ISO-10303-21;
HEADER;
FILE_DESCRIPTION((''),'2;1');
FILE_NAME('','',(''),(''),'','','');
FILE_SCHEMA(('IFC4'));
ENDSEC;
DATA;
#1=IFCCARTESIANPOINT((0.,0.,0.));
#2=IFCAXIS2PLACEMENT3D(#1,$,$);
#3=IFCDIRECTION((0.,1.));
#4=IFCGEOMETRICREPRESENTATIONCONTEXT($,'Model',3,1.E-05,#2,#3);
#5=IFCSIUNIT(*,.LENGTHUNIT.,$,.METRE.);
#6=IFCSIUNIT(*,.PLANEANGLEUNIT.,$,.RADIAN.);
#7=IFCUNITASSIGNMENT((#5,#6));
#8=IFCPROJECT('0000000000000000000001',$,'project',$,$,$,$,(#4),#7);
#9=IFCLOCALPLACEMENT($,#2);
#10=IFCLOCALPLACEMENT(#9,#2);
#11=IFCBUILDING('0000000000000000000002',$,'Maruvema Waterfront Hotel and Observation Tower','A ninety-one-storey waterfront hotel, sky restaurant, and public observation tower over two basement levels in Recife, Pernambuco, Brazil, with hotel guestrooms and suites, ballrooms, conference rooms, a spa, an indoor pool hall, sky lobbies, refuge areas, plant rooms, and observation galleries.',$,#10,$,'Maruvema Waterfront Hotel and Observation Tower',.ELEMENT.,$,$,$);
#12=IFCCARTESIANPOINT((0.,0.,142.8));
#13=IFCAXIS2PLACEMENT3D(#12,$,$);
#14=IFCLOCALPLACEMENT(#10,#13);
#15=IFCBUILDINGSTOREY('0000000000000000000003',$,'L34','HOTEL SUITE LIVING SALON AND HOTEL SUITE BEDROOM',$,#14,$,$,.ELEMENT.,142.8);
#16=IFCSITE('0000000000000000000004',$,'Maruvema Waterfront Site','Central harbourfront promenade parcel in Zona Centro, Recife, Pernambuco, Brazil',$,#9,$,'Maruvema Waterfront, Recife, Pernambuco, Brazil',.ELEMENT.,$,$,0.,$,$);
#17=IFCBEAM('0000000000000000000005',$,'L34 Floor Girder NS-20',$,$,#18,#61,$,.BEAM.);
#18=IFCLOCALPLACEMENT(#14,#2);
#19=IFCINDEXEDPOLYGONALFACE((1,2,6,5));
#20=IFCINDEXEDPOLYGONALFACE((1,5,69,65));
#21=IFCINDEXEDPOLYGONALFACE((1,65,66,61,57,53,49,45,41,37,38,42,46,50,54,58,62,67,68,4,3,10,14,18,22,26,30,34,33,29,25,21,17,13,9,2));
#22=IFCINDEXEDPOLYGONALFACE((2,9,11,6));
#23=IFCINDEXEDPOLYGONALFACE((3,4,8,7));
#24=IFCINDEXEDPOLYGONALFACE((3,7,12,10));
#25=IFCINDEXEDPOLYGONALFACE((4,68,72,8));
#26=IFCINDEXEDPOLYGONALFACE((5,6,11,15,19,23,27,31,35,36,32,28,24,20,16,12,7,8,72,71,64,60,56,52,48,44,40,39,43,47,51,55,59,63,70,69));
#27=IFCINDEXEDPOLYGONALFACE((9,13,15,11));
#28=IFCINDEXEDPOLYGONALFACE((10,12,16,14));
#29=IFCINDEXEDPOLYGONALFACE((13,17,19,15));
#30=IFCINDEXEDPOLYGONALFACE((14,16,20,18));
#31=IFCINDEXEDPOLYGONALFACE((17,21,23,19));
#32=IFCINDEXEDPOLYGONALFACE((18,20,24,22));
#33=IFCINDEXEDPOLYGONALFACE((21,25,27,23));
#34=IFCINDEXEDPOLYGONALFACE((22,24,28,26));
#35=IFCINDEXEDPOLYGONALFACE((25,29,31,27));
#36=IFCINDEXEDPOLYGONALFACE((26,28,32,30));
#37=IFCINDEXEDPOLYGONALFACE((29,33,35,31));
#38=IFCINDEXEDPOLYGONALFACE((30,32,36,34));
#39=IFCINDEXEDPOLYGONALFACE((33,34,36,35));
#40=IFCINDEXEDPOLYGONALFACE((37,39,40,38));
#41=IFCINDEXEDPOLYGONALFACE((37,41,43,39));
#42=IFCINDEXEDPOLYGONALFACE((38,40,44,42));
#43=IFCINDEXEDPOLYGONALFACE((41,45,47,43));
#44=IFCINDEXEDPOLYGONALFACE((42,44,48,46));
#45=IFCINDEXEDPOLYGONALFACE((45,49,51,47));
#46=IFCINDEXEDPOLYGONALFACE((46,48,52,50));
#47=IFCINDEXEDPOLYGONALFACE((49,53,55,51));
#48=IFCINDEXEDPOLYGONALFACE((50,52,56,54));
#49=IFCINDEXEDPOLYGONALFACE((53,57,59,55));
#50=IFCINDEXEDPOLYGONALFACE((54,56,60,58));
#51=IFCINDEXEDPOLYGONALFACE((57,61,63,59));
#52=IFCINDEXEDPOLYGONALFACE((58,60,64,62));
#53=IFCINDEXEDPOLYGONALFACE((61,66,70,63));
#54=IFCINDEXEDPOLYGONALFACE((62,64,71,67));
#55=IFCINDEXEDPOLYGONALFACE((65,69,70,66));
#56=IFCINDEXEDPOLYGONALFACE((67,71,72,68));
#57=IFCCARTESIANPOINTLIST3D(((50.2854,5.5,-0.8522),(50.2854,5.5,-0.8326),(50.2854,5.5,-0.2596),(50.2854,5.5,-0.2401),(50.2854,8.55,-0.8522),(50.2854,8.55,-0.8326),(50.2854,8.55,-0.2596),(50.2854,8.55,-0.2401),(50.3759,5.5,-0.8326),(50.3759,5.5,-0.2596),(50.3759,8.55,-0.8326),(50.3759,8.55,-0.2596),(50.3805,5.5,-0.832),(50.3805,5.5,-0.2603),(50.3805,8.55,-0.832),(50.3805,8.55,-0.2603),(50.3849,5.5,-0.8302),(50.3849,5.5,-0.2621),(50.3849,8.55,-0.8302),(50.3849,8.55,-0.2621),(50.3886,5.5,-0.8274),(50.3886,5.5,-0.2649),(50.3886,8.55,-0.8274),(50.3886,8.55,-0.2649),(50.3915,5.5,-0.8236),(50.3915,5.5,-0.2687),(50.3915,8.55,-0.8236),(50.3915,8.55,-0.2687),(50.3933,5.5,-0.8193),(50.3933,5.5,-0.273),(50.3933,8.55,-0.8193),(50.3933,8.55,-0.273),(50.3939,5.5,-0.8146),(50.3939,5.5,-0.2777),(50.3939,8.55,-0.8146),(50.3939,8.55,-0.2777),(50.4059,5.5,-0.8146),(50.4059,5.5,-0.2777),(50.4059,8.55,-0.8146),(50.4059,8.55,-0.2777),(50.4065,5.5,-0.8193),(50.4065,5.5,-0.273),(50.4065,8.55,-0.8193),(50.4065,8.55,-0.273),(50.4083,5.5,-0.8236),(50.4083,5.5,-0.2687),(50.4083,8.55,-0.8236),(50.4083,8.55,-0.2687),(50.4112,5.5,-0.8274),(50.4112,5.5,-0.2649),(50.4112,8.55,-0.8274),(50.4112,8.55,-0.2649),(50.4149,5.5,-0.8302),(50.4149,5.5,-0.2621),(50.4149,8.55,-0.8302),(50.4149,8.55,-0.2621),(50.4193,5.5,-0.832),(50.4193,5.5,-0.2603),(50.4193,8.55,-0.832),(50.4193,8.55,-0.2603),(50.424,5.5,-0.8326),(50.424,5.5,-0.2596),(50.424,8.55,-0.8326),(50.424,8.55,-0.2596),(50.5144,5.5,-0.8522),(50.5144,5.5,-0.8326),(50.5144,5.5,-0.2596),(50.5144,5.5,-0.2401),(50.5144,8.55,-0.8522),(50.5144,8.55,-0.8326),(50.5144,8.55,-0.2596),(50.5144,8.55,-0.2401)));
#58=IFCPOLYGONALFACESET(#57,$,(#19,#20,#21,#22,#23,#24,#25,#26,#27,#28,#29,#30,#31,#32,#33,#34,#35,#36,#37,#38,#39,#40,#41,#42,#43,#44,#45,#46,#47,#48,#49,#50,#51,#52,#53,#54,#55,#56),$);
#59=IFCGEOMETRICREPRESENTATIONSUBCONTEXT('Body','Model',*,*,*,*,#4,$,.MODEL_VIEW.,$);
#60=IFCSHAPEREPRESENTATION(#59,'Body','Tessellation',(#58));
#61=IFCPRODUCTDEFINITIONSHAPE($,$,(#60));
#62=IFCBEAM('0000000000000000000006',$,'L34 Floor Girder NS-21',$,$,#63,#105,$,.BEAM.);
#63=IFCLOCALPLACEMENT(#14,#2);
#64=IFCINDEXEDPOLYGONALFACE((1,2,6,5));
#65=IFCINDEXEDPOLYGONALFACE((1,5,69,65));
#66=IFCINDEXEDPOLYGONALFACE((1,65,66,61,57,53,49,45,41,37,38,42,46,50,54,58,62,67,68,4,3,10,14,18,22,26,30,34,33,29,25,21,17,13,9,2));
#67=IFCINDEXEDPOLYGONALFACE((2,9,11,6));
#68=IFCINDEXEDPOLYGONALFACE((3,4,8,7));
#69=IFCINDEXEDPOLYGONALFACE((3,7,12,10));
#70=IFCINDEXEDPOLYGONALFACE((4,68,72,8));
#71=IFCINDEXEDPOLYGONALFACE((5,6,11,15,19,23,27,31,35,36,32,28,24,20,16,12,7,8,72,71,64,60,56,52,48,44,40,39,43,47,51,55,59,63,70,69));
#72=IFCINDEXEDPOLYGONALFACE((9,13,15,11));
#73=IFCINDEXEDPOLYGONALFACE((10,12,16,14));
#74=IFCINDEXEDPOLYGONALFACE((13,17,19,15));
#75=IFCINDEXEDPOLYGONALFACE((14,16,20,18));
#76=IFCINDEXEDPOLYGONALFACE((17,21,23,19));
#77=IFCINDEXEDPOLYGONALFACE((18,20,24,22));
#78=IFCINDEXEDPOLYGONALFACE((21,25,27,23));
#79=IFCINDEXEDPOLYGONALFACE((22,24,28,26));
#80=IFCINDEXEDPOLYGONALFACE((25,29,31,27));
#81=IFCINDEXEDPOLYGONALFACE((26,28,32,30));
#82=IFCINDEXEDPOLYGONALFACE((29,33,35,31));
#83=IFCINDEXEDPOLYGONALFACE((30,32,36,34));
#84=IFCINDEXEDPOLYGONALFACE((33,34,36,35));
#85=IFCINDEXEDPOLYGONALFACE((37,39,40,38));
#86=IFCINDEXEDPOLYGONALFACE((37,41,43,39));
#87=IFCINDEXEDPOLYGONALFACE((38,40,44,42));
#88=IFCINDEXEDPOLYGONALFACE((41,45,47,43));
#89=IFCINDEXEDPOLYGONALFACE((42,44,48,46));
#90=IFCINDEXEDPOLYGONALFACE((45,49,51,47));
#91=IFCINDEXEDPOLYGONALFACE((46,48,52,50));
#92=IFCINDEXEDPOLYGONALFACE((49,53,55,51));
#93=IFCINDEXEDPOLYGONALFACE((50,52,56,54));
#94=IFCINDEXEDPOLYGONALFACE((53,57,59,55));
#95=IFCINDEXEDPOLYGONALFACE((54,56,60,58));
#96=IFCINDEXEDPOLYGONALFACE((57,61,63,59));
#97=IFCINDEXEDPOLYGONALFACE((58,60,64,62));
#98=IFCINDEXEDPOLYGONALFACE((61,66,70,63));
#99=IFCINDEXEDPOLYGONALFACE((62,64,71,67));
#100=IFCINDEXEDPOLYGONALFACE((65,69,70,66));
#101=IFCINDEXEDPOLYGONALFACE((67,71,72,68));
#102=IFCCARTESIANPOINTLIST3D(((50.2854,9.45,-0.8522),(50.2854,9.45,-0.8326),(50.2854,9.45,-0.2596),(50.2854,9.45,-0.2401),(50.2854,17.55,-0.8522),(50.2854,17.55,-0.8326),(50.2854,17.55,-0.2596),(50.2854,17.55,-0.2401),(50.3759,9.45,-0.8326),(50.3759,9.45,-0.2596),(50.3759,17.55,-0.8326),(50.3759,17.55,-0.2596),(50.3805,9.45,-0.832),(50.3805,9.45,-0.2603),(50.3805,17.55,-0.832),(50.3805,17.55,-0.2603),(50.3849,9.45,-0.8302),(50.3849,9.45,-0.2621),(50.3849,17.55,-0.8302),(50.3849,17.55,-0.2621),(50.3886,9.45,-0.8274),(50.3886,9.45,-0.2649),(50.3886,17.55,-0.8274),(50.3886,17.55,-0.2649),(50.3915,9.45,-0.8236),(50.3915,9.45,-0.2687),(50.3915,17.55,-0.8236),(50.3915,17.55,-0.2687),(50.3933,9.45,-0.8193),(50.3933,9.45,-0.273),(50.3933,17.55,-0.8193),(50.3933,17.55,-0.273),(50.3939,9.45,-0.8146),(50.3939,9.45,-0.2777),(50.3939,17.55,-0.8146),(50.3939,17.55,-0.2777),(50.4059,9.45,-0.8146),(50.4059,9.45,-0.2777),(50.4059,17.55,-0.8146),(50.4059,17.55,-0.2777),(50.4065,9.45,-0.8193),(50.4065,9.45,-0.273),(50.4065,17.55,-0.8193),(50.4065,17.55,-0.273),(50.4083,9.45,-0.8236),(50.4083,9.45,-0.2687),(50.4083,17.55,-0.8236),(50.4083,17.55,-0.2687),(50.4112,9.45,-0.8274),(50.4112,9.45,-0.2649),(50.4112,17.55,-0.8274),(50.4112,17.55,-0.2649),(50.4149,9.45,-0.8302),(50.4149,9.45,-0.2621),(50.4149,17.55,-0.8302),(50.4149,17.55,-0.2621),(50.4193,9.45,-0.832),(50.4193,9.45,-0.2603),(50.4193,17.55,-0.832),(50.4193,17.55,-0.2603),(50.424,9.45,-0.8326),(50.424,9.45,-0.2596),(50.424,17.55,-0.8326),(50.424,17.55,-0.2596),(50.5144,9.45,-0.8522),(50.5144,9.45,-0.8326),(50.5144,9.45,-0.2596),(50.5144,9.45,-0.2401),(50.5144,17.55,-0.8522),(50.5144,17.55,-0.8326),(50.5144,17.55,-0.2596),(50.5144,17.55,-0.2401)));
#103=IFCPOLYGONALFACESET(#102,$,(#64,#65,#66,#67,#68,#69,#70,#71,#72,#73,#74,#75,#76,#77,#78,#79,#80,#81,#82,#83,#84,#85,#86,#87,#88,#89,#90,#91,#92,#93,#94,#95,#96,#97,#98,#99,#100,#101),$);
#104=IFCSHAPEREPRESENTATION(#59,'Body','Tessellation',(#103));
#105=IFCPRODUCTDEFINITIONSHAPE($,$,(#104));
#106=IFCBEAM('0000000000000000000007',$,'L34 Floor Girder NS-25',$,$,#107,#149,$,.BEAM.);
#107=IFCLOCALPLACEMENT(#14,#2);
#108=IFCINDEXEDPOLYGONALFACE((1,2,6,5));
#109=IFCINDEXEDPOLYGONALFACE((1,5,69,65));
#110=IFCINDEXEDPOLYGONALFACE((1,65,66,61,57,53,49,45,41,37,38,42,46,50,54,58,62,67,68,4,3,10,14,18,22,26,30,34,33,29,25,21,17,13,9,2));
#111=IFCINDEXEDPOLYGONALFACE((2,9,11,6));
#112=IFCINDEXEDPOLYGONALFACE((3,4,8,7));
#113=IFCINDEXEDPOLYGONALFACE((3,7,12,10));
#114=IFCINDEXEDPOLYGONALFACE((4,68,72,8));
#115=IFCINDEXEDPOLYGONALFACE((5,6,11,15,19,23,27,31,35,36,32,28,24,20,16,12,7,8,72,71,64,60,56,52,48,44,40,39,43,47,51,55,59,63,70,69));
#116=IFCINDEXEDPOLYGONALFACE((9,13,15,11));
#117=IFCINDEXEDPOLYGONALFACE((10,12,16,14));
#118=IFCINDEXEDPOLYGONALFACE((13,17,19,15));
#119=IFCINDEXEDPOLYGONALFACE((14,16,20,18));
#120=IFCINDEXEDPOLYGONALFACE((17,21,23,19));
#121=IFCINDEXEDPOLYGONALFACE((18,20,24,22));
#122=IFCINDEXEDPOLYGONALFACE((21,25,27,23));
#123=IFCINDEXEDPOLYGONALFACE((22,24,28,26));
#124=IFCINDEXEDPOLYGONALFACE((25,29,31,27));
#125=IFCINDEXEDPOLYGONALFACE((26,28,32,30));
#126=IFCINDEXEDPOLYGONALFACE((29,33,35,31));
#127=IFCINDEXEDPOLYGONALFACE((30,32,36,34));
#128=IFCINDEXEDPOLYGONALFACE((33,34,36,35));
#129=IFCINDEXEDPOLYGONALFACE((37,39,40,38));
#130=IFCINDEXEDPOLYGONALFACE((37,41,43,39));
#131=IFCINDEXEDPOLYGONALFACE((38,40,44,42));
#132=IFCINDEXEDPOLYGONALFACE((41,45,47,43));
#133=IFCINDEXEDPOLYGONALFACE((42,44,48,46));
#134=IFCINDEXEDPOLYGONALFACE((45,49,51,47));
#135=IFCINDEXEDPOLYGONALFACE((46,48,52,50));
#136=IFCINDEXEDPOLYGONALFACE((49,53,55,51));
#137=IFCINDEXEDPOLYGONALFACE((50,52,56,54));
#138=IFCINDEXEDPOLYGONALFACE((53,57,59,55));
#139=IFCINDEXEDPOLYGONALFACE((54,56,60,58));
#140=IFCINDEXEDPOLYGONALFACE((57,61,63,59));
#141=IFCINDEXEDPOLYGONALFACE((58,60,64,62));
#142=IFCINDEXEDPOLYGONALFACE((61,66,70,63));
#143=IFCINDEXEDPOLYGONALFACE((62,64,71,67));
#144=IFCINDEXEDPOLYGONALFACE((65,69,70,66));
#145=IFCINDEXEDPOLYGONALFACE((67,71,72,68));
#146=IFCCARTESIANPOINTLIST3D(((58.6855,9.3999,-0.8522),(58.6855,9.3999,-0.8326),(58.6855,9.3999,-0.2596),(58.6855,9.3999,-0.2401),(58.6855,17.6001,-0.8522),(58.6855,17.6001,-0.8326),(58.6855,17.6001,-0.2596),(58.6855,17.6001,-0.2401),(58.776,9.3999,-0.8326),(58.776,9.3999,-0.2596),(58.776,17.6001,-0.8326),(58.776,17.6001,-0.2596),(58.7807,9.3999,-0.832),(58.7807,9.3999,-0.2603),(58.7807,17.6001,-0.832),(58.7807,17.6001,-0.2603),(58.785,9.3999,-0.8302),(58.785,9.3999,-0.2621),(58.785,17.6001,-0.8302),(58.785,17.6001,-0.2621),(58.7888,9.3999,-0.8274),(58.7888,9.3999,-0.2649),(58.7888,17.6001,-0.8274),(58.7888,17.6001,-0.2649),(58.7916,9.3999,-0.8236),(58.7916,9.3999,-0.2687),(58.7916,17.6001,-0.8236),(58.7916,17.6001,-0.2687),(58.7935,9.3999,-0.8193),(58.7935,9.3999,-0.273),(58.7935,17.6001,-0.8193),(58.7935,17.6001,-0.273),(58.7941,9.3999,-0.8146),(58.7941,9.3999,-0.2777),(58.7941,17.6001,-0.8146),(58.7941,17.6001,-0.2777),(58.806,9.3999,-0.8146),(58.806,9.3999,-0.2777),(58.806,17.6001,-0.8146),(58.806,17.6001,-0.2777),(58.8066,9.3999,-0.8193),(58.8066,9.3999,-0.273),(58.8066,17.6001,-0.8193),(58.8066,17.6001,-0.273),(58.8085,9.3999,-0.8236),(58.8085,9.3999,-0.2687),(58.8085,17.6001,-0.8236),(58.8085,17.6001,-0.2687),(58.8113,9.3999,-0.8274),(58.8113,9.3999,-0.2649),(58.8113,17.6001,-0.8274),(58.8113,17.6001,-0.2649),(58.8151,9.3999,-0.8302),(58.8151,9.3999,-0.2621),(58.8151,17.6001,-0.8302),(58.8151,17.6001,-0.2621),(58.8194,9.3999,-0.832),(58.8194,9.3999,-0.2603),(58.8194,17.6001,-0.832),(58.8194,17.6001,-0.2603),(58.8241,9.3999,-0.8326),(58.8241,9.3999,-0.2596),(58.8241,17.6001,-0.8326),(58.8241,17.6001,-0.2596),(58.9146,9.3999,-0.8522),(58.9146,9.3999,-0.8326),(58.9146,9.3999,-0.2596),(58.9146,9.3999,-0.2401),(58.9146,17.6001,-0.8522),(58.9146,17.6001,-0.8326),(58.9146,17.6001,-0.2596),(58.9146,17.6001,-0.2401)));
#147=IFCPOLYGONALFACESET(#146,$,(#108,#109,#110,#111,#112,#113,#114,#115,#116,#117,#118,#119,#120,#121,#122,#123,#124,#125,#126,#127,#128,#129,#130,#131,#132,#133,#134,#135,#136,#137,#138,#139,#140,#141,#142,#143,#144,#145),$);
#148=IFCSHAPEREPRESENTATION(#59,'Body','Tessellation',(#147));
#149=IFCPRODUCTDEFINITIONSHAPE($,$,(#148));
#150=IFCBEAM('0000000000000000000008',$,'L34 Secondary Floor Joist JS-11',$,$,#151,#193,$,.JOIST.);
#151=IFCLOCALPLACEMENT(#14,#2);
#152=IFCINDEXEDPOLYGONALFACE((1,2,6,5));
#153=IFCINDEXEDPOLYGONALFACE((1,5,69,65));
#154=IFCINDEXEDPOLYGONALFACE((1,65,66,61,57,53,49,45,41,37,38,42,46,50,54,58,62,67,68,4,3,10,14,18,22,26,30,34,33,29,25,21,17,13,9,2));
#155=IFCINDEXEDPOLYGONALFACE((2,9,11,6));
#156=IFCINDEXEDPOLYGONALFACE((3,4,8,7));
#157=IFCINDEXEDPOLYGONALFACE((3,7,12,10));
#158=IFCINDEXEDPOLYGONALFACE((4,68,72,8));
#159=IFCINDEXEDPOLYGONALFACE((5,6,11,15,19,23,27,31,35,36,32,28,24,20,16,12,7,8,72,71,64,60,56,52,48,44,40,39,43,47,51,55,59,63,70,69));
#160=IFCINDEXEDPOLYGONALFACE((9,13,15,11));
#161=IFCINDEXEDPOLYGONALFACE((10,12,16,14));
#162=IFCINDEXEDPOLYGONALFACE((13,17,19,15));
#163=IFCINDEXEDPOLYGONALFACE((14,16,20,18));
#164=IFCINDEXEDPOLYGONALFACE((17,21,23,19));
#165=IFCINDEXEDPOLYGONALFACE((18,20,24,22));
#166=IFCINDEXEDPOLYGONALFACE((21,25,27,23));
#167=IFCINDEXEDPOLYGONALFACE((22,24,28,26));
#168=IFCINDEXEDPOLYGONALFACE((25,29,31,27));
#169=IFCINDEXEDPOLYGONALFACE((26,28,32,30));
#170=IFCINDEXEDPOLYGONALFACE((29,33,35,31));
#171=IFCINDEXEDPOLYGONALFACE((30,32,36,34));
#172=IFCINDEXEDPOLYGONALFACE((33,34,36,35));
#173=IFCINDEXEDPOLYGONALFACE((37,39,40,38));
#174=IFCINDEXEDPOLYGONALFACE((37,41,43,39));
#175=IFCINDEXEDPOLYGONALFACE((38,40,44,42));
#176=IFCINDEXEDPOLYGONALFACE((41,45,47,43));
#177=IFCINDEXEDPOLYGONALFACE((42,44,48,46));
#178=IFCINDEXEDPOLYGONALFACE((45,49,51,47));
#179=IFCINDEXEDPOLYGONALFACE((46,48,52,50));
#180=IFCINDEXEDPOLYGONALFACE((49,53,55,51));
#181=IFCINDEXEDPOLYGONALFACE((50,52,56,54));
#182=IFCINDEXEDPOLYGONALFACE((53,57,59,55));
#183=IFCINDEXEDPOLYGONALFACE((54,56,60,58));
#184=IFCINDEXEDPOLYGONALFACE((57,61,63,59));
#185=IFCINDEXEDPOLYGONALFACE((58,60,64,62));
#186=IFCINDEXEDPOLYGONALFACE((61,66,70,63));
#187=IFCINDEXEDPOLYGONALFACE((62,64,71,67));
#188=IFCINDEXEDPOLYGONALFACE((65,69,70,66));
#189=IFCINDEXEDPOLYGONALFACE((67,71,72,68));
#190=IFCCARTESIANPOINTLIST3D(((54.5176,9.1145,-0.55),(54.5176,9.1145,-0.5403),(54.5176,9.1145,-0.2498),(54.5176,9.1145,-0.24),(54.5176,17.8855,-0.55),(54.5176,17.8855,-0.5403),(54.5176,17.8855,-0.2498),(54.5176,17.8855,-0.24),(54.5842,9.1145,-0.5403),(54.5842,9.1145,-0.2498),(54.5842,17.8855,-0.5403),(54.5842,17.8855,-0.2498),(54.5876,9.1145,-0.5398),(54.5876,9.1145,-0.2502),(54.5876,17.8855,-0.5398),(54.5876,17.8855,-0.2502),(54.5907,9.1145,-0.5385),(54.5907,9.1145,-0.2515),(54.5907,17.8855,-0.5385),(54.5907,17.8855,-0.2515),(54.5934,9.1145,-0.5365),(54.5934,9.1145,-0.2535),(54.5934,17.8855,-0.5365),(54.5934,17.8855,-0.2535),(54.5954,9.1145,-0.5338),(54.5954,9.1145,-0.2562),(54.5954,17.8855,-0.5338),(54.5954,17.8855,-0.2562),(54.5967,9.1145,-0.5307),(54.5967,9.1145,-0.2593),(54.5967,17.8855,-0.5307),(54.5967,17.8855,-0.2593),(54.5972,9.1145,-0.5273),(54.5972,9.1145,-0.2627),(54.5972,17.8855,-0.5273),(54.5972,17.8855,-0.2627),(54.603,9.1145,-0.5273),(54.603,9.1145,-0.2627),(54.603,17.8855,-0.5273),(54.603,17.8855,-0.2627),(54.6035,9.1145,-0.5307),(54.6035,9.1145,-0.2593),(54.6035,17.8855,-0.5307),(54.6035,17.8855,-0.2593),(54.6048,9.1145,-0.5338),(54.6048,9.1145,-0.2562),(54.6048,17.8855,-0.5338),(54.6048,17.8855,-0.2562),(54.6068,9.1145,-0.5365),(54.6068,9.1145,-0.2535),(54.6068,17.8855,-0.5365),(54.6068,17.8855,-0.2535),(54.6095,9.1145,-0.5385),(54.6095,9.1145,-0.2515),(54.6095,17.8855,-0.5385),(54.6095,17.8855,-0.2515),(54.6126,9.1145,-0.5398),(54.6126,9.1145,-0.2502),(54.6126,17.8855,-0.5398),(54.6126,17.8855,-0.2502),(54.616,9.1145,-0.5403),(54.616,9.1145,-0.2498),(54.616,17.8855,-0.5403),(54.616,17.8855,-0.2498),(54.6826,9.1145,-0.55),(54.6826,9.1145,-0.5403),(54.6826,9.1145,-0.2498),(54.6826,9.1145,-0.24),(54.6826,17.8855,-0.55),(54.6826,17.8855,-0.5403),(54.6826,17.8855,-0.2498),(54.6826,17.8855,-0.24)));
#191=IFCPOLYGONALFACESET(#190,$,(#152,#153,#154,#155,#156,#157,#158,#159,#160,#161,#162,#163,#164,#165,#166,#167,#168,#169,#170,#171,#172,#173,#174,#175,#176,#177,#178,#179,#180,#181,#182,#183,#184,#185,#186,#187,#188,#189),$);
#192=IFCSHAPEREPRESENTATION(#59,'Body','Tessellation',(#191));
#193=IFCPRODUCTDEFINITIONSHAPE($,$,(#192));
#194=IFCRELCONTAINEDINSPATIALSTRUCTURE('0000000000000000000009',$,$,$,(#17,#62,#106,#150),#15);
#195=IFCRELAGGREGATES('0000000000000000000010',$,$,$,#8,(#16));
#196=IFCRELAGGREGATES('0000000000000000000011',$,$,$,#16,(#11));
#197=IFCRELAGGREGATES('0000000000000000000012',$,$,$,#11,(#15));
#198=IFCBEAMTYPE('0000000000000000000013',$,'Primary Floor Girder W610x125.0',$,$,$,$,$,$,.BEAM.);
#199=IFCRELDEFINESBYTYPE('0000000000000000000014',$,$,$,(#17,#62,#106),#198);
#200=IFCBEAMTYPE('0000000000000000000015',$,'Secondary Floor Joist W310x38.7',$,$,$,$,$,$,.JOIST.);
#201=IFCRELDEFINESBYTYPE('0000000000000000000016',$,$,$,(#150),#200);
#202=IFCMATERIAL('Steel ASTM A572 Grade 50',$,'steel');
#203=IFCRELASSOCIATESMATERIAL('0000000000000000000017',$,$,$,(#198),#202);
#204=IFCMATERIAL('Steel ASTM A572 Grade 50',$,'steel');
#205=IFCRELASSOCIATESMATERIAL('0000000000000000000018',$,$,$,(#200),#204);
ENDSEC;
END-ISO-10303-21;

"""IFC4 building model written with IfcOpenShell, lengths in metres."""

from ifc_helpers import new_model, si_unit, direction, frame, origin, origin_2d, place, context, subcontext, project, spatial, i_section, extrude, material, material_profile, profile_set, type_object, element, save


model = new_model("IFC4")

# Units and contexts
model_context = context("Model", 3, precision=1e-05, world=origin(), true_north=direction((0.0, 1.0)))
body_context = subcontext(model_context, "Body", "Model", "MODEL_VIEW")
ifc_project = project(units=[si_unit("LENGTHUNIT", "METRE"), si_unit("PLANEANGLEUNIT", "RADIAN")], contexts=[model_context])

# Site, building, storey
site_placement = place(None, origin())
site = spatial("IfcSite", under=ifc_project, at=site_placement, Name="Maruvema Waterfront Site", Description="Central harbourfront promenade parcel in Zona Centro, Recife, Pernambuco, Brazil", LongName="Maruvema Waterfront, Recife, Pernambuco, Brazil", CompositionType="ELEMENT", RefElevation=0.0)
building_placement = place(site_placement, origin())
building = spatial("IfcBuilding", under=site, at=building_placement, Name="Maruvema Waterfront Hotel and Observation Tower", Description="A ninety-one-storey waterfront hotel, sky restaurant, and public observation tower over two basement levels in Recife, Pernambuco, Brazil, with hotel guestrooms and suites, ballrooms, conference rooms, a spa, an indoor pool hall, sky lobbies, refuge areas, plant rooms, and observation galleries.", LongName="Maruvema Waterfront Hotel and Observation Tower", CompositionType="ELEMENT")
storey_placement = place(building_placement, frame((0.0, 0.0, 142.8)))
storey = spatial("IfcBuildingStorey", under=building, at=storey_placement, Name="L34", Description="HOTEL SUITE LIVING SALON AND HOTEL SUITE BEDROOM", CompositionType="ELEMENT", Elevation=142.8)

# Beams
ifc_material_1 = material(Name="Steel ASTM A572 Grade 50", Category="steel")
ifc_material_profile_1 = material_profile(ifc_material_1, i_section(OverallWidth=0.229, OverallDepth=0.6121, WebThickness=0.012, FlangeThickness=0.0195, FilletRadius=0.0181, at=origin_2d()), Name="W610x125.0")
ifc_profile_set_1 = profile_set([ifc_material_profile_1], Name="Steel ASTM A572 Grade 50")
beam_type_1 = type_object("IfcBeamType", Name="Primary Floor Girder W610x125.0", PredefinedType="BEAM", material=ifc_profile_set_1)
beam_1_placement = place(storey_placement, frame((50.3999, 5.5, -0.5461), z_axis=(0.0, 1.0, 0.0), x_axis=(-1.0, 0.0, 0.0)))
element("IfcBeam", 1, at=beam_1_placement, inside=storey, type_object=beam_type_1, Name="L34 Floor Girder NS-20", PredefinedType="BEAM", context=body_context, shape_type="SweptSolid", body=[
    extrude(i_section(OverallWidth=0.229, OverallDepth=0.6121, WebThickness=0.012, FlangeThickness=0.0195, FilletRadius=0.0181, at=origin_2d()), origin(), (0.0, 0.0, 1.0), 3.05),
])
beam_2_placement = place(storey_placement, frame((50.3999, 9.45, -0.5461), z_axis=(0.0, 1.0, 0.0), x_axis=(-1.0, 0.0, 0.0)))
element("IfcBeam", 2, at=beam_2_placement, inside=storey, type_object=beam_type_1, Name="L34 Floor Girder NS-21", PredefinedType="BEAM", context=body_context, shape_type="SweptSolid", body=[
    extrude(i_section(OverallWidth=0.229, OverallDepth=0.6121, WebThickness=0.012, FlangeThickness=0.0195, FilletRadius=0.0181, at=origin_2d()), origin(), (0.0, 0.0, 1.0), 8.1001),
])
beam_3_placement = place(storey_placement, frame((58.8, 9.3999, -0.5461), z_axis=(0.0, 1.0, 0.0), x_axis=(-1.0, 0.0, 0.0)))
element("IfcBeam", 3, at=beam_3_placement, inside=storey, type_object=beam_type_1, Name="L34 Floor Girder NS-25", PredefinedType="BEAM", context=body_context, shape_type="SweptSolid", body=[
    extrude(i_section(OverallWidth=0.229, OverallDepth=0.6121, WebThickness=0.012, FlangeThickness=0.0195, FilletRadius=0.0181, at=origin_2d()), origin(), (0.0, 0.0, 1.0), 8.2002),
])
ifc_material_2 = material(Name="Steel ASTM A572 Grade 50", Category="steel")
ifc_material_profile_2 = material_profile(ifc_material_2, i_section(OverallWidth=0.165, OverallDepth=0.3101, WebThickness=0.0059, FlangeThickness=0.0098, FilletRadius=0.0129, at=origin_2d()), Name="W310x38.7")
ifc_profile_set_2 = profile_set([ifc_material_profile_2], Name="Steel ASTM A572 Grade 50")
beam_type_2 = type_object("IfcBeamType", Name="Secondary Floor Joist W310x38.7", PredefinedType="JOIST", material=ifc_profile_set_2)
beam_4_placement = place(storey_placement, frame((54.6001, 9.1145, -0.395), z_axis=(0.0, 1.0, 0.0), x_axis=(-1.0, 0.0, 0.0)))
element("IfcBeam", 4, at=beam_4_placement, inside=storey, type_object=beam_type_2, Name="L34 Secondary Floor Joist JS-11", PredefinedType="JOIST", context=body_context, shape_type="SweptSolid", body=[
    extrude(i_section(OverallWidth=0.165, OverallDepth=0.3101, WebThickness=0.0059, FlangeThickness=0.0098, FilletRadius=0.0129, at=origin_2d()), origin(), (0.0, 0.0, 1.0), 8.771),
])

save(model, "model.ifc")
